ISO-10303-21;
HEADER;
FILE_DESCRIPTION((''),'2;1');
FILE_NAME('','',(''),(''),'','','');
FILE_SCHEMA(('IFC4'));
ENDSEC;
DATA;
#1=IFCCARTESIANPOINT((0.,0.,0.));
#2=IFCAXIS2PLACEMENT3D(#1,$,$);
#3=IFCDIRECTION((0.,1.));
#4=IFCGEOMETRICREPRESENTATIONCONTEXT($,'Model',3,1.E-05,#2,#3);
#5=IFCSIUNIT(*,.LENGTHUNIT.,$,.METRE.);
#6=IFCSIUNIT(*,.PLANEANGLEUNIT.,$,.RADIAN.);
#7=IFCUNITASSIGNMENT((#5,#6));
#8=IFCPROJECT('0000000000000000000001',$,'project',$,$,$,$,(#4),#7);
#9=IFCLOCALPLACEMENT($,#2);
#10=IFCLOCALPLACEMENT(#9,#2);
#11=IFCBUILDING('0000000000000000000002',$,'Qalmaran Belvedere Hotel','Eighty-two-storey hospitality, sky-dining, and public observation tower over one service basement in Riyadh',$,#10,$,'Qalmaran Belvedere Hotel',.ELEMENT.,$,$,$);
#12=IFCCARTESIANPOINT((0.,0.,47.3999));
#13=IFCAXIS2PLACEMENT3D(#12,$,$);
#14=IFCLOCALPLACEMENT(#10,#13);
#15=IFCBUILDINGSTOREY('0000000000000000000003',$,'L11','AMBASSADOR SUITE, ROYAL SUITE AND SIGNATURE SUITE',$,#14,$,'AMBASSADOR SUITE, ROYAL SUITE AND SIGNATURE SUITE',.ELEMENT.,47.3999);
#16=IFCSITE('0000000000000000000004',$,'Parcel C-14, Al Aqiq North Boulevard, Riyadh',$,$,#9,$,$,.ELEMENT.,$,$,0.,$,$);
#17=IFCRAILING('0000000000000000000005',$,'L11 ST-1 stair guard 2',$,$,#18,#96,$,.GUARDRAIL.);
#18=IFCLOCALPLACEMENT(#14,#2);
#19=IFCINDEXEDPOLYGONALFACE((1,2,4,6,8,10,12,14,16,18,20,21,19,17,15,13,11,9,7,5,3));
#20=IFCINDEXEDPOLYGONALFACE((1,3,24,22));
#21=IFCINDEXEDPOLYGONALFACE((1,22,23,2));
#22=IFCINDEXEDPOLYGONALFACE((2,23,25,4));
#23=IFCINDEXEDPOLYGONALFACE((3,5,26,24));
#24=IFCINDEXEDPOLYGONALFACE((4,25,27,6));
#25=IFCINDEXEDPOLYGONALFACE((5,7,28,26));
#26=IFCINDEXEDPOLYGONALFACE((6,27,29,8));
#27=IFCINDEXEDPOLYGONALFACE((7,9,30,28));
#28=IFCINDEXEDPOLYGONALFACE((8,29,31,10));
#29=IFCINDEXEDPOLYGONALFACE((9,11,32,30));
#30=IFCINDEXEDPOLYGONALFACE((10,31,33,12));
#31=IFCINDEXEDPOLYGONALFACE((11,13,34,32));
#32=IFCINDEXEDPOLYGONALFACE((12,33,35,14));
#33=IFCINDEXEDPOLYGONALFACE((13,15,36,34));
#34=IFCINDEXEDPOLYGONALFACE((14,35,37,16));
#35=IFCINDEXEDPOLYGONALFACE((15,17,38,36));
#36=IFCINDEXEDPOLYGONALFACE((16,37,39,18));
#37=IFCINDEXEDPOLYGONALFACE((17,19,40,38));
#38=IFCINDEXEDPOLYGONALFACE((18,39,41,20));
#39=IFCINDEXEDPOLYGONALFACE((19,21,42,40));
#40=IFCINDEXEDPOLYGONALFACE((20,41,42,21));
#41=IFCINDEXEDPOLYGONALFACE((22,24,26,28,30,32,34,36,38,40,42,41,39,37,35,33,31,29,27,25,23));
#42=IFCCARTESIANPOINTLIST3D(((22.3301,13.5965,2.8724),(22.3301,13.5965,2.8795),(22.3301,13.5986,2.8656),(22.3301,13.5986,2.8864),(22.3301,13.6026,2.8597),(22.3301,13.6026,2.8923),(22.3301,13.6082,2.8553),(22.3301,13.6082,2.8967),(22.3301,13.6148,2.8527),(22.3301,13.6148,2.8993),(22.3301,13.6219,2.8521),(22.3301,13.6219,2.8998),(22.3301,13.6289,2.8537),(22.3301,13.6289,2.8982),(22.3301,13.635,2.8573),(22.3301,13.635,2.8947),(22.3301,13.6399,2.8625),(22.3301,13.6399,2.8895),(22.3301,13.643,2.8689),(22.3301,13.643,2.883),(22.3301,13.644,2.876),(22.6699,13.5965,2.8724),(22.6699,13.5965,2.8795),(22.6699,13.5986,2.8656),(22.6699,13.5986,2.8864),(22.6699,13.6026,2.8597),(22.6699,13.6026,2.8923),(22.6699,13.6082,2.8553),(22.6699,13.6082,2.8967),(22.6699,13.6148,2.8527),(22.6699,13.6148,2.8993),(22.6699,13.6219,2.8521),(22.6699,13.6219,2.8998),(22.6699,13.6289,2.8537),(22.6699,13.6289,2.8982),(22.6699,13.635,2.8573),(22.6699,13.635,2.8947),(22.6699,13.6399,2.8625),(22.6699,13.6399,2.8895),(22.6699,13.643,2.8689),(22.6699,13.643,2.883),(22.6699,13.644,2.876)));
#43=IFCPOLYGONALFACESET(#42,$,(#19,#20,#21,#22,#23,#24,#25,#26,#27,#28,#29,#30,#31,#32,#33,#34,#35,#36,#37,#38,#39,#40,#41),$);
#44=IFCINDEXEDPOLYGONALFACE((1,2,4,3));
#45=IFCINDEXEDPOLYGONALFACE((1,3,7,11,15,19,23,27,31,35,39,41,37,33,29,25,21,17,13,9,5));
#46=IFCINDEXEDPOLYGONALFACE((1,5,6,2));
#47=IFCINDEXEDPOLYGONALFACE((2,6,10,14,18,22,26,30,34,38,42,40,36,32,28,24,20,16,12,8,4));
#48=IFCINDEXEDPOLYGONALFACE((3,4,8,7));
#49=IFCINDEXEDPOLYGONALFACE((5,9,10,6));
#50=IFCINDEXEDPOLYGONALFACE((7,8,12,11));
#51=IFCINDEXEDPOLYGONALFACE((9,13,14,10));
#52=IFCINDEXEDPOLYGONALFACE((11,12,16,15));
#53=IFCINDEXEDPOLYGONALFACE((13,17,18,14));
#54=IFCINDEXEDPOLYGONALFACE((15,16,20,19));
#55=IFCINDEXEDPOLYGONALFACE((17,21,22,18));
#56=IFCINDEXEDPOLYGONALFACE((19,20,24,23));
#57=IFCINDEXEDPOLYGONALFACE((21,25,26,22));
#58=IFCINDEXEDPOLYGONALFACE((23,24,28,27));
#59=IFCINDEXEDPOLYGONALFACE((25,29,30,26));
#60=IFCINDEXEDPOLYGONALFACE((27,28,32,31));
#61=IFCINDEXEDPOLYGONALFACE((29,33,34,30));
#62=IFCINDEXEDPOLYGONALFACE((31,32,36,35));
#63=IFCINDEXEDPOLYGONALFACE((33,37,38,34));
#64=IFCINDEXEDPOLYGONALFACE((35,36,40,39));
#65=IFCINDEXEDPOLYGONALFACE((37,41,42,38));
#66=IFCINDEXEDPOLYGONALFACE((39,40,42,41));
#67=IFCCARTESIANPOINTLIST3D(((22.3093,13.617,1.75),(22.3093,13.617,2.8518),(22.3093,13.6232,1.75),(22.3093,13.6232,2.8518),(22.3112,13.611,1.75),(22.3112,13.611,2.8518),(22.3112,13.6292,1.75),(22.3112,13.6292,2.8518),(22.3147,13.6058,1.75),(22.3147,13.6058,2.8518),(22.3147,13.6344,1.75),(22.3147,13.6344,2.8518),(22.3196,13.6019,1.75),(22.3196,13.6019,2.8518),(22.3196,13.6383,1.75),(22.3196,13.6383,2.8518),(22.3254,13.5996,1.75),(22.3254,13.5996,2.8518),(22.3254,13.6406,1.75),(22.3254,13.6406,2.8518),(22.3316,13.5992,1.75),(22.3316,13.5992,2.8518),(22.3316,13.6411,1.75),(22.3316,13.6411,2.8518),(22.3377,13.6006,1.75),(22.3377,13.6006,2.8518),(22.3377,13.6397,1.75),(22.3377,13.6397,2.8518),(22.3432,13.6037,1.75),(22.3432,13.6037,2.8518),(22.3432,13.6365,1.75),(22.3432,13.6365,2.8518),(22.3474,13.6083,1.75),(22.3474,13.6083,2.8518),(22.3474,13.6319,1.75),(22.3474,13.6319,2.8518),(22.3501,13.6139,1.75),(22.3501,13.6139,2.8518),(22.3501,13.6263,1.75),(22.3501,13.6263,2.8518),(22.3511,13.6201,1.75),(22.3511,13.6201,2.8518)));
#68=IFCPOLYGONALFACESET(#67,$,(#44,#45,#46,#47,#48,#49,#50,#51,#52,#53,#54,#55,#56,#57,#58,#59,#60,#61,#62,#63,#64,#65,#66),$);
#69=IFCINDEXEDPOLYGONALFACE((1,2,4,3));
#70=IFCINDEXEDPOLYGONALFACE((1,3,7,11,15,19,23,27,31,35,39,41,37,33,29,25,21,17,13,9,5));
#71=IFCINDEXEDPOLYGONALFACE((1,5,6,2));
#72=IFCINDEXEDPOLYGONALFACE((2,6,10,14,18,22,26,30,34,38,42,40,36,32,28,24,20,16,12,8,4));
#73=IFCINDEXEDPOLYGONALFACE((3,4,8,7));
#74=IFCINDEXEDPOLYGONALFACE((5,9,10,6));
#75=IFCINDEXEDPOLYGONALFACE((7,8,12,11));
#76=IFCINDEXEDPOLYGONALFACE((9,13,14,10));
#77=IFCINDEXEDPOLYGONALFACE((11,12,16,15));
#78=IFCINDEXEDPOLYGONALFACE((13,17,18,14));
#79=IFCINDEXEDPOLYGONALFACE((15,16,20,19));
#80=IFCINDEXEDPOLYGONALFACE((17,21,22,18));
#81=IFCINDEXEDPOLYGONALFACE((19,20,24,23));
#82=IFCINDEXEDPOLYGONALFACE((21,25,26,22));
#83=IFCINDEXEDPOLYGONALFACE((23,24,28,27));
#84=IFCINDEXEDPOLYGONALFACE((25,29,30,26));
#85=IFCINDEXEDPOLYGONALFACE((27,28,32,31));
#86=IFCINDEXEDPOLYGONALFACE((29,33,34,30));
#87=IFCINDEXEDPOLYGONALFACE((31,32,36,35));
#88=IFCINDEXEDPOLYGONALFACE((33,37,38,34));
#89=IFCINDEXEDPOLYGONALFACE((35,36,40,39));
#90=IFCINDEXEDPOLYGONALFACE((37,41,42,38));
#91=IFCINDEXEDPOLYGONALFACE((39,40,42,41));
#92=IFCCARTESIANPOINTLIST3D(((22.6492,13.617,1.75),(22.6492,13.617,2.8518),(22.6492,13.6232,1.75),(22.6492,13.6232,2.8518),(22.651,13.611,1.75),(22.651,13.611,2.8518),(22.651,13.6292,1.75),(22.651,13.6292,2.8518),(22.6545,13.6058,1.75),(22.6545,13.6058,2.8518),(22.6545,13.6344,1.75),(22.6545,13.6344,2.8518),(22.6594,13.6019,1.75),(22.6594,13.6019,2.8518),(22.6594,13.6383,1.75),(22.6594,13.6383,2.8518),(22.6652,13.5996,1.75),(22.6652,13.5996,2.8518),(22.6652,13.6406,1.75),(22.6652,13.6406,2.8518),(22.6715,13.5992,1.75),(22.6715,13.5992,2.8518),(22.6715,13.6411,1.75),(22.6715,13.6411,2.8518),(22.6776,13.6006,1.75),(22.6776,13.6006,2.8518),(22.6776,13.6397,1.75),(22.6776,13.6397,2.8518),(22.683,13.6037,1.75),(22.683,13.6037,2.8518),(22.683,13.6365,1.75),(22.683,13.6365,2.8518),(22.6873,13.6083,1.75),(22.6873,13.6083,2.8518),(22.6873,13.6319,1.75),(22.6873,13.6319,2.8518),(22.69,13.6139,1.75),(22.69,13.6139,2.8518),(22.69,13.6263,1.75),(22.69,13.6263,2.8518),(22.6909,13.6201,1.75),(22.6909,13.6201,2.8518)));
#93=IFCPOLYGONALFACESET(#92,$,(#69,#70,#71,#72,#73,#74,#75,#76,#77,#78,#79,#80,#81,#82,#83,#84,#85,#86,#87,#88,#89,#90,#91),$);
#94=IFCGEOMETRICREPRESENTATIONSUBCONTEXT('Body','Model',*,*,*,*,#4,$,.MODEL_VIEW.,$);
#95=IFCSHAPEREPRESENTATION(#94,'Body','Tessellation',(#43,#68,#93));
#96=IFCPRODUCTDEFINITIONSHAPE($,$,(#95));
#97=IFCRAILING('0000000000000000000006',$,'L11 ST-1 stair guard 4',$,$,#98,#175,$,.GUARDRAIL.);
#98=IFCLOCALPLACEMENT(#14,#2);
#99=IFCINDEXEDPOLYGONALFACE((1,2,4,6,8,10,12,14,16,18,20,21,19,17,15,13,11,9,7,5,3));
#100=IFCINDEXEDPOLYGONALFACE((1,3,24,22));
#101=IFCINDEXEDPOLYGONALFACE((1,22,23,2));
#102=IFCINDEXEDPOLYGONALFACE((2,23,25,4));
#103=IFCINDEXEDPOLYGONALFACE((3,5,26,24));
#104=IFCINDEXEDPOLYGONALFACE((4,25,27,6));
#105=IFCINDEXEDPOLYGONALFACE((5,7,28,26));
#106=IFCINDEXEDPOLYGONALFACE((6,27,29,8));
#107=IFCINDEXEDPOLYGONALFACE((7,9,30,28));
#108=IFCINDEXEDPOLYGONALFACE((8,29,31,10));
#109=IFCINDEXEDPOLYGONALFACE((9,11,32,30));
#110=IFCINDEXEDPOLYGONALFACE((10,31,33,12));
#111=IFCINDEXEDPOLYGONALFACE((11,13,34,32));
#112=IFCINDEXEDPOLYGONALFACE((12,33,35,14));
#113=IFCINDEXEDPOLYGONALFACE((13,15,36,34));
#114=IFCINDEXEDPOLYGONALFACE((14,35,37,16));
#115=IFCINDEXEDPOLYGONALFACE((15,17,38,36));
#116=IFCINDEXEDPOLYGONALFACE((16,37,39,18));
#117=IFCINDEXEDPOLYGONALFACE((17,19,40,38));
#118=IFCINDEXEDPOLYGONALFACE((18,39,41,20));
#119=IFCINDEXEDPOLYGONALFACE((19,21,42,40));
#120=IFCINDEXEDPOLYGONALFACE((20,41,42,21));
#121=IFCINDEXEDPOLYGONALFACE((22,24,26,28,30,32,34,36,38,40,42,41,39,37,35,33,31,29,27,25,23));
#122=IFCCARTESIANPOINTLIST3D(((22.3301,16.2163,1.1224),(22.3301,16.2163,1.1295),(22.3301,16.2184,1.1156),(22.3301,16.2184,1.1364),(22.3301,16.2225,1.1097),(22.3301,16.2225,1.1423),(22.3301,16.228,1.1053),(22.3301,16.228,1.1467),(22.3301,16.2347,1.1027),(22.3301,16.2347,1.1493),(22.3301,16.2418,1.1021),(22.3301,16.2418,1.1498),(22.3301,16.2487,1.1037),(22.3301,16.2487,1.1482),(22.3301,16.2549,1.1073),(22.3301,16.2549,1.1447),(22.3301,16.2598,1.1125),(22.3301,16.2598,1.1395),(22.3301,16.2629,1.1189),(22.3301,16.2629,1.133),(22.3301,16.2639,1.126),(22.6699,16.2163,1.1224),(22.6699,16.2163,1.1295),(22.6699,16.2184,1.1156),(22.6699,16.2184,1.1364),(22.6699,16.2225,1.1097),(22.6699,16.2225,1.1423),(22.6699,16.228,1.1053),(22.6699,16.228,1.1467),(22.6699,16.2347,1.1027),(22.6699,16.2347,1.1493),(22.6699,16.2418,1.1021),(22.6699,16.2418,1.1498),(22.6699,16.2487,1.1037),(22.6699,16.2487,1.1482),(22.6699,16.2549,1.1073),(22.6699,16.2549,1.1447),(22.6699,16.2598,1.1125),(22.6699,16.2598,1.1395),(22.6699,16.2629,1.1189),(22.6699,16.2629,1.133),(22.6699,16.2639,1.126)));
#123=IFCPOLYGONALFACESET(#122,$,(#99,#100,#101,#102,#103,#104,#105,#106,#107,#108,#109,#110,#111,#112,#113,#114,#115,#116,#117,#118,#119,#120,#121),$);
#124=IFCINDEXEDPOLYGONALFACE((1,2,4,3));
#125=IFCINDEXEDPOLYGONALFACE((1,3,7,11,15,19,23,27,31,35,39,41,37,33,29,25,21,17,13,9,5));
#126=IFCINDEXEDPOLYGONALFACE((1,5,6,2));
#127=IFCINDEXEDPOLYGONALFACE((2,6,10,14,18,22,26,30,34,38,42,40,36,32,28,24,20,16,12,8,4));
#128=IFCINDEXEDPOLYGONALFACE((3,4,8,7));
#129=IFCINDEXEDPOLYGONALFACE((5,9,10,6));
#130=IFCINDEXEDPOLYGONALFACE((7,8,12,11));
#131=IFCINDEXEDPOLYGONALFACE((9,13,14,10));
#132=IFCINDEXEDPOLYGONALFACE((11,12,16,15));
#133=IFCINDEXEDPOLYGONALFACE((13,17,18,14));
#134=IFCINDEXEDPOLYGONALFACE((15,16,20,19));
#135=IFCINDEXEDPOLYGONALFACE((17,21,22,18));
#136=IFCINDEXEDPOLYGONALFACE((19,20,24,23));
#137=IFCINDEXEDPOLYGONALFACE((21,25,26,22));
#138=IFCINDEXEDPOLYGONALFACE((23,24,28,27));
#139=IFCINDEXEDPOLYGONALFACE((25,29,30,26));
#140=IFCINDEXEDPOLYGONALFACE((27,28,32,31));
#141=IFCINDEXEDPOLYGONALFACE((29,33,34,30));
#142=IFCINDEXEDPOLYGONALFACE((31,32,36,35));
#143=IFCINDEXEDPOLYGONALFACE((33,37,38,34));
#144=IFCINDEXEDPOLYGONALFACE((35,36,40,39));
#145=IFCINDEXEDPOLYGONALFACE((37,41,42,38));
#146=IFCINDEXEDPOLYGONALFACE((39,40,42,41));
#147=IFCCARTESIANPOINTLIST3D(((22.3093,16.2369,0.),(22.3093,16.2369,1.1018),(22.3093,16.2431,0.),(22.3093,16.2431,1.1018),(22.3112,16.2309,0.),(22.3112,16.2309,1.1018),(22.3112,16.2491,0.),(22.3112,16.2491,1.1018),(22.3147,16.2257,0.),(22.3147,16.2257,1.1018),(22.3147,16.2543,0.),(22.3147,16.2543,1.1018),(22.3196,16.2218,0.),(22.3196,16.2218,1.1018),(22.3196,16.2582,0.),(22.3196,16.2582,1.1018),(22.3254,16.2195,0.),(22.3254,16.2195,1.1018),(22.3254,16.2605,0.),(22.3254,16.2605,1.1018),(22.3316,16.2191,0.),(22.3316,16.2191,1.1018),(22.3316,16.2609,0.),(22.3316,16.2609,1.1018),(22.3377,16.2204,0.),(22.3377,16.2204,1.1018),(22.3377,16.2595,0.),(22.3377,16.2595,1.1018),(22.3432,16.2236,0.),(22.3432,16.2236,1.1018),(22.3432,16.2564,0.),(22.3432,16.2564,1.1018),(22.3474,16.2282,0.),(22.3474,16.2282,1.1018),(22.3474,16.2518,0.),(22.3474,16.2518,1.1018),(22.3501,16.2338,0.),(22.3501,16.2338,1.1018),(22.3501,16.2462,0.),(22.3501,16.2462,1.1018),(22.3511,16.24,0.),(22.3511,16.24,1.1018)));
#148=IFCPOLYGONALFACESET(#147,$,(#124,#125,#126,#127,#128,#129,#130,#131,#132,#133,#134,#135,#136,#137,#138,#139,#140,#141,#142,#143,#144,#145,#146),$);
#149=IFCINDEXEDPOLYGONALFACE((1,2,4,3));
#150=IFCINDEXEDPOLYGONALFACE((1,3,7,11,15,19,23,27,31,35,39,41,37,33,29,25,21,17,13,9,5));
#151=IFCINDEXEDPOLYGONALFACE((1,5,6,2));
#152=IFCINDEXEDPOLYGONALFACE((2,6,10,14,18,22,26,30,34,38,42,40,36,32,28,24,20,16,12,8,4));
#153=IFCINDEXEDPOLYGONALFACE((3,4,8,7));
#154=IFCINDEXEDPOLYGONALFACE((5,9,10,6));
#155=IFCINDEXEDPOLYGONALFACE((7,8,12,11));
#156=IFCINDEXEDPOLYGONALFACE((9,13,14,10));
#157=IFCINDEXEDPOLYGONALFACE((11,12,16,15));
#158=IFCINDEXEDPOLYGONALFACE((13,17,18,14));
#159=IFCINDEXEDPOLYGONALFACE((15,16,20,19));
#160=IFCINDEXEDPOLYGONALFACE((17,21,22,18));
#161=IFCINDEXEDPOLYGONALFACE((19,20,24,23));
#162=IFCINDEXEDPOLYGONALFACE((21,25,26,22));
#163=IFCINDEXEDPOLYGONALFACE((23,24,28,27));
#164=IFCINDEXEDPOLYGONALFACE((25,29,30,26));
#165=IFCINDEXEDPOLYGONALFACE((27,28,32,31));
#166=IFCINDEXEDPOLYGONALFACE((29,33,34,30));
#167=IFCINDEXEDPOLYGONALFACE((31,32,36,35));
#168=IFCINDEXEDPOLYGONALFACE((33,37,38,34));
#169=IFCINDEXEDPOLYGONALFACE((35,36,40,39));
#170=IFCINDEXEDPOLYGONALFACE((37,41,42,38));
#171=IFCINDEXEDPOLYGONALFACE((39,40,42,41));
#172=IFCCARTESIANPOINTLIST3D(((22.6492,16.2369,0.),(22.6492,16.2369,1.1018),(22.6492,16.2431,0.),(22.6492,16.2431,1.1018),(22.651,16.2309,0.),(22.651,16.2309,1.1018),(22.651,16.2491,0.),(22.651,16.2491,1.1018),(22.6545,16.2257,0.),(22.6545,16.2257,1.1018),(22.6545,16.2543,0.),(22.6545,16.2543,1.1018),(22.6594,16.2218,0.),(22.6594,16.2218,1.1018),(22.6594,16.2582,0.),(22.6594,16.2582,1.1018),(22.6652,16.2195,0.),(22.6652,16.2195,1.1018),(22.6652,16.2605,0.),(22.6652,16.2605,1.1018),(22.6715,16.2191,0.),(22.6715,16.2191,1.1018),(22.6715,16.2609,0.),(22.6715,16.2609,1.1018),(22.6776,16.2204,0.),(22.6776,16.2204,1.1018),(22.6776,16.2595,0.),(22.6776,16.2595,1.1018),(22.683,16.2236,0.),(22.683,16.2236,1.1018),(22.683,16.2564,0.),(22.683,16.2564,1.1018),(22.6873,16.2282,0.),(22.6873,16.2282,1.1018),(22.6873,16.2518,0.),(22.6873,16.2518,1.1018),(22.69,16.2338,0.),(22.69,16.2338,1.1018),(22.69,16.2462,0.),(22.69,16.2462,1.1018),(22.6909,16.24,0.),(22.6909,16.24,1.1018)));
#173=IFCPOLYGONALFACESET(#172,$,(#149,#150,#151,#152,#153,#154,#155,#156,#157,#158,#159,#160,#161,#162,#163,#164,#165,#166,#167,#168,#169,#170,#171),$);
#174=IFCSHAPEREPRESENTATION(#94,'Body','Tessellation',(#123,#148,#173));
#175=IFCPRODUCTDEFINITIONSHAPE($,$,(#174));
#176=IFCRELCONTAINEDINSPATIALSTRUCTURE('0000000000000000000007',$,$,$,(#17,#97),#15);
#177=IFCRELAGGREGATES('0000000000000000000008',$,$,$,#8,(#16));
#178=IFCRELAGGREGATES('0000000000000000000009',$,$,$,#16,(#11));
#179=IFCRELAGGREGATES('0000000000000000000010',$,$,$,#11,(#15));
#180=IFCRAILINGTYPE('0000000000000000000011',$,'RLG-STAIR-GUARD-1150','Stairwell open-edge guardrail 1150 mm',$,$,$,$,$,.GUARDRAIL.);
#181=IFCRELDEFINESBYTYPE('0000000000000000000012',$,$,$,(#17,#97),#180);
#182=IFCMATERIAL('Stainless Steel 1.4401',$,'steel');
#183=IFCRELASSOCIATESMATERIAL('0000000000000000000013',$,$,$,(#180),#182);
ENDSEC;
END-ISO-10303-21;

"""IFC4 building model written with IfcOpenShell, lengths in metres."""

from ifc_helpers import new_model, si_unit, direction, frame, origin, origin_2d, place, context, subcontext, project, spatial, circle, extrude, material, type_object, element, save


model = new_model("IFC4")

# Units and contexts
model_context = context("Model", 3, precision=1e-05, world=origin(), true_north=direction((0.0, 1.0)))
body_context = subcontext(model_context, "Body", "Model", "MODEL_VIEW")
ifc_project = project(units=[si_unit("LENGTHUNIT", "METRE"), si_unit("PLANEANGLEUNIT", "RADIAN")], contexts=[model_context])

# Site, building, storey
site_placement = place(None, origin())
site = spatial("IfcSite", under=ifc_project, at=site_placement, Name="Parcel C-14, Al Aqiq North Boulevard, Riyadh", CompositionType="ELEMENT", RefElevation=0.0)
building_placement = place(site_placement, origin())
building = spatial("IfcBuilding", under=site, at=building_placement, Name="Qalmaran Belvedere Hotel", Description="Eighty-two-storey hospitality, sky-dining, and public observation tower over one service basement in Riyadh", LongName="Qalmaran Belvedere Hotel", CompositionType="ELEMENT")
storey_placement = place(building_placement, frame((0.0, 0.0, 47.3999)))
storey = spatial("IfcBuildingStorey", under=building, at=storey_placement, Name="L11", Description="AMBASSADOR SUITE, ROYAL SUITE AND SIGNATURE SUITE", LongName="AMBASSADOR SUITE, ROYAL SUITE AND SIGNATURE SUITE", CompositionType="ELEMENT", Elevation=47.3999)

# Shared definitions
ifc_material_1 = material(Name="Stainless Steel 1.4401", Category="steel")

# Railings
railing_type_1 = type_object("IfcRailingType", Name="RLG-STAIR-GUARD-1150", Description="Stairwell open-edge guardrail 1150 mm", PredefinedType="GUARDRAIL", material=ifc_material_1)
for number, where, name in (
    (1, (22.3301, 13.6201, 1.75), "L11 ST-1 stair guard 2"),
    (2, (22.3301, 16.24, 0.0), "L11 ST-1 stair guard 4"),
):
    element("IfcRailing", number, at=place(storey_placement, frame(where)), inside=storey, type_object=railing_type_1, Name=name, PredefinedType="GUARDRAIL", context=body_context, shape_type="SweptSolid", body=[
        extrude(circle(Radius=0.0239, at=origin_2d()), frame((0.0, 0.0, 1.126), z_axis=(1.0, 0.0, 0.0), x_axis=(0.0, 1.0, 0.0)), (0.0, 0.0, 1.0), 0.3398),
        extrude(circle(Radius=0.021, at=origin_2d()), origin(), (0.0, 0.0, 1.0), 1.1018),
        extrude(circle(Radius=0.021, at=origin_2d()), frame((0.3398, 0.0, 0.0)), (0.0, 0.0, 1.0), 1.1018),
    ])

save(model, "model.ifc")
